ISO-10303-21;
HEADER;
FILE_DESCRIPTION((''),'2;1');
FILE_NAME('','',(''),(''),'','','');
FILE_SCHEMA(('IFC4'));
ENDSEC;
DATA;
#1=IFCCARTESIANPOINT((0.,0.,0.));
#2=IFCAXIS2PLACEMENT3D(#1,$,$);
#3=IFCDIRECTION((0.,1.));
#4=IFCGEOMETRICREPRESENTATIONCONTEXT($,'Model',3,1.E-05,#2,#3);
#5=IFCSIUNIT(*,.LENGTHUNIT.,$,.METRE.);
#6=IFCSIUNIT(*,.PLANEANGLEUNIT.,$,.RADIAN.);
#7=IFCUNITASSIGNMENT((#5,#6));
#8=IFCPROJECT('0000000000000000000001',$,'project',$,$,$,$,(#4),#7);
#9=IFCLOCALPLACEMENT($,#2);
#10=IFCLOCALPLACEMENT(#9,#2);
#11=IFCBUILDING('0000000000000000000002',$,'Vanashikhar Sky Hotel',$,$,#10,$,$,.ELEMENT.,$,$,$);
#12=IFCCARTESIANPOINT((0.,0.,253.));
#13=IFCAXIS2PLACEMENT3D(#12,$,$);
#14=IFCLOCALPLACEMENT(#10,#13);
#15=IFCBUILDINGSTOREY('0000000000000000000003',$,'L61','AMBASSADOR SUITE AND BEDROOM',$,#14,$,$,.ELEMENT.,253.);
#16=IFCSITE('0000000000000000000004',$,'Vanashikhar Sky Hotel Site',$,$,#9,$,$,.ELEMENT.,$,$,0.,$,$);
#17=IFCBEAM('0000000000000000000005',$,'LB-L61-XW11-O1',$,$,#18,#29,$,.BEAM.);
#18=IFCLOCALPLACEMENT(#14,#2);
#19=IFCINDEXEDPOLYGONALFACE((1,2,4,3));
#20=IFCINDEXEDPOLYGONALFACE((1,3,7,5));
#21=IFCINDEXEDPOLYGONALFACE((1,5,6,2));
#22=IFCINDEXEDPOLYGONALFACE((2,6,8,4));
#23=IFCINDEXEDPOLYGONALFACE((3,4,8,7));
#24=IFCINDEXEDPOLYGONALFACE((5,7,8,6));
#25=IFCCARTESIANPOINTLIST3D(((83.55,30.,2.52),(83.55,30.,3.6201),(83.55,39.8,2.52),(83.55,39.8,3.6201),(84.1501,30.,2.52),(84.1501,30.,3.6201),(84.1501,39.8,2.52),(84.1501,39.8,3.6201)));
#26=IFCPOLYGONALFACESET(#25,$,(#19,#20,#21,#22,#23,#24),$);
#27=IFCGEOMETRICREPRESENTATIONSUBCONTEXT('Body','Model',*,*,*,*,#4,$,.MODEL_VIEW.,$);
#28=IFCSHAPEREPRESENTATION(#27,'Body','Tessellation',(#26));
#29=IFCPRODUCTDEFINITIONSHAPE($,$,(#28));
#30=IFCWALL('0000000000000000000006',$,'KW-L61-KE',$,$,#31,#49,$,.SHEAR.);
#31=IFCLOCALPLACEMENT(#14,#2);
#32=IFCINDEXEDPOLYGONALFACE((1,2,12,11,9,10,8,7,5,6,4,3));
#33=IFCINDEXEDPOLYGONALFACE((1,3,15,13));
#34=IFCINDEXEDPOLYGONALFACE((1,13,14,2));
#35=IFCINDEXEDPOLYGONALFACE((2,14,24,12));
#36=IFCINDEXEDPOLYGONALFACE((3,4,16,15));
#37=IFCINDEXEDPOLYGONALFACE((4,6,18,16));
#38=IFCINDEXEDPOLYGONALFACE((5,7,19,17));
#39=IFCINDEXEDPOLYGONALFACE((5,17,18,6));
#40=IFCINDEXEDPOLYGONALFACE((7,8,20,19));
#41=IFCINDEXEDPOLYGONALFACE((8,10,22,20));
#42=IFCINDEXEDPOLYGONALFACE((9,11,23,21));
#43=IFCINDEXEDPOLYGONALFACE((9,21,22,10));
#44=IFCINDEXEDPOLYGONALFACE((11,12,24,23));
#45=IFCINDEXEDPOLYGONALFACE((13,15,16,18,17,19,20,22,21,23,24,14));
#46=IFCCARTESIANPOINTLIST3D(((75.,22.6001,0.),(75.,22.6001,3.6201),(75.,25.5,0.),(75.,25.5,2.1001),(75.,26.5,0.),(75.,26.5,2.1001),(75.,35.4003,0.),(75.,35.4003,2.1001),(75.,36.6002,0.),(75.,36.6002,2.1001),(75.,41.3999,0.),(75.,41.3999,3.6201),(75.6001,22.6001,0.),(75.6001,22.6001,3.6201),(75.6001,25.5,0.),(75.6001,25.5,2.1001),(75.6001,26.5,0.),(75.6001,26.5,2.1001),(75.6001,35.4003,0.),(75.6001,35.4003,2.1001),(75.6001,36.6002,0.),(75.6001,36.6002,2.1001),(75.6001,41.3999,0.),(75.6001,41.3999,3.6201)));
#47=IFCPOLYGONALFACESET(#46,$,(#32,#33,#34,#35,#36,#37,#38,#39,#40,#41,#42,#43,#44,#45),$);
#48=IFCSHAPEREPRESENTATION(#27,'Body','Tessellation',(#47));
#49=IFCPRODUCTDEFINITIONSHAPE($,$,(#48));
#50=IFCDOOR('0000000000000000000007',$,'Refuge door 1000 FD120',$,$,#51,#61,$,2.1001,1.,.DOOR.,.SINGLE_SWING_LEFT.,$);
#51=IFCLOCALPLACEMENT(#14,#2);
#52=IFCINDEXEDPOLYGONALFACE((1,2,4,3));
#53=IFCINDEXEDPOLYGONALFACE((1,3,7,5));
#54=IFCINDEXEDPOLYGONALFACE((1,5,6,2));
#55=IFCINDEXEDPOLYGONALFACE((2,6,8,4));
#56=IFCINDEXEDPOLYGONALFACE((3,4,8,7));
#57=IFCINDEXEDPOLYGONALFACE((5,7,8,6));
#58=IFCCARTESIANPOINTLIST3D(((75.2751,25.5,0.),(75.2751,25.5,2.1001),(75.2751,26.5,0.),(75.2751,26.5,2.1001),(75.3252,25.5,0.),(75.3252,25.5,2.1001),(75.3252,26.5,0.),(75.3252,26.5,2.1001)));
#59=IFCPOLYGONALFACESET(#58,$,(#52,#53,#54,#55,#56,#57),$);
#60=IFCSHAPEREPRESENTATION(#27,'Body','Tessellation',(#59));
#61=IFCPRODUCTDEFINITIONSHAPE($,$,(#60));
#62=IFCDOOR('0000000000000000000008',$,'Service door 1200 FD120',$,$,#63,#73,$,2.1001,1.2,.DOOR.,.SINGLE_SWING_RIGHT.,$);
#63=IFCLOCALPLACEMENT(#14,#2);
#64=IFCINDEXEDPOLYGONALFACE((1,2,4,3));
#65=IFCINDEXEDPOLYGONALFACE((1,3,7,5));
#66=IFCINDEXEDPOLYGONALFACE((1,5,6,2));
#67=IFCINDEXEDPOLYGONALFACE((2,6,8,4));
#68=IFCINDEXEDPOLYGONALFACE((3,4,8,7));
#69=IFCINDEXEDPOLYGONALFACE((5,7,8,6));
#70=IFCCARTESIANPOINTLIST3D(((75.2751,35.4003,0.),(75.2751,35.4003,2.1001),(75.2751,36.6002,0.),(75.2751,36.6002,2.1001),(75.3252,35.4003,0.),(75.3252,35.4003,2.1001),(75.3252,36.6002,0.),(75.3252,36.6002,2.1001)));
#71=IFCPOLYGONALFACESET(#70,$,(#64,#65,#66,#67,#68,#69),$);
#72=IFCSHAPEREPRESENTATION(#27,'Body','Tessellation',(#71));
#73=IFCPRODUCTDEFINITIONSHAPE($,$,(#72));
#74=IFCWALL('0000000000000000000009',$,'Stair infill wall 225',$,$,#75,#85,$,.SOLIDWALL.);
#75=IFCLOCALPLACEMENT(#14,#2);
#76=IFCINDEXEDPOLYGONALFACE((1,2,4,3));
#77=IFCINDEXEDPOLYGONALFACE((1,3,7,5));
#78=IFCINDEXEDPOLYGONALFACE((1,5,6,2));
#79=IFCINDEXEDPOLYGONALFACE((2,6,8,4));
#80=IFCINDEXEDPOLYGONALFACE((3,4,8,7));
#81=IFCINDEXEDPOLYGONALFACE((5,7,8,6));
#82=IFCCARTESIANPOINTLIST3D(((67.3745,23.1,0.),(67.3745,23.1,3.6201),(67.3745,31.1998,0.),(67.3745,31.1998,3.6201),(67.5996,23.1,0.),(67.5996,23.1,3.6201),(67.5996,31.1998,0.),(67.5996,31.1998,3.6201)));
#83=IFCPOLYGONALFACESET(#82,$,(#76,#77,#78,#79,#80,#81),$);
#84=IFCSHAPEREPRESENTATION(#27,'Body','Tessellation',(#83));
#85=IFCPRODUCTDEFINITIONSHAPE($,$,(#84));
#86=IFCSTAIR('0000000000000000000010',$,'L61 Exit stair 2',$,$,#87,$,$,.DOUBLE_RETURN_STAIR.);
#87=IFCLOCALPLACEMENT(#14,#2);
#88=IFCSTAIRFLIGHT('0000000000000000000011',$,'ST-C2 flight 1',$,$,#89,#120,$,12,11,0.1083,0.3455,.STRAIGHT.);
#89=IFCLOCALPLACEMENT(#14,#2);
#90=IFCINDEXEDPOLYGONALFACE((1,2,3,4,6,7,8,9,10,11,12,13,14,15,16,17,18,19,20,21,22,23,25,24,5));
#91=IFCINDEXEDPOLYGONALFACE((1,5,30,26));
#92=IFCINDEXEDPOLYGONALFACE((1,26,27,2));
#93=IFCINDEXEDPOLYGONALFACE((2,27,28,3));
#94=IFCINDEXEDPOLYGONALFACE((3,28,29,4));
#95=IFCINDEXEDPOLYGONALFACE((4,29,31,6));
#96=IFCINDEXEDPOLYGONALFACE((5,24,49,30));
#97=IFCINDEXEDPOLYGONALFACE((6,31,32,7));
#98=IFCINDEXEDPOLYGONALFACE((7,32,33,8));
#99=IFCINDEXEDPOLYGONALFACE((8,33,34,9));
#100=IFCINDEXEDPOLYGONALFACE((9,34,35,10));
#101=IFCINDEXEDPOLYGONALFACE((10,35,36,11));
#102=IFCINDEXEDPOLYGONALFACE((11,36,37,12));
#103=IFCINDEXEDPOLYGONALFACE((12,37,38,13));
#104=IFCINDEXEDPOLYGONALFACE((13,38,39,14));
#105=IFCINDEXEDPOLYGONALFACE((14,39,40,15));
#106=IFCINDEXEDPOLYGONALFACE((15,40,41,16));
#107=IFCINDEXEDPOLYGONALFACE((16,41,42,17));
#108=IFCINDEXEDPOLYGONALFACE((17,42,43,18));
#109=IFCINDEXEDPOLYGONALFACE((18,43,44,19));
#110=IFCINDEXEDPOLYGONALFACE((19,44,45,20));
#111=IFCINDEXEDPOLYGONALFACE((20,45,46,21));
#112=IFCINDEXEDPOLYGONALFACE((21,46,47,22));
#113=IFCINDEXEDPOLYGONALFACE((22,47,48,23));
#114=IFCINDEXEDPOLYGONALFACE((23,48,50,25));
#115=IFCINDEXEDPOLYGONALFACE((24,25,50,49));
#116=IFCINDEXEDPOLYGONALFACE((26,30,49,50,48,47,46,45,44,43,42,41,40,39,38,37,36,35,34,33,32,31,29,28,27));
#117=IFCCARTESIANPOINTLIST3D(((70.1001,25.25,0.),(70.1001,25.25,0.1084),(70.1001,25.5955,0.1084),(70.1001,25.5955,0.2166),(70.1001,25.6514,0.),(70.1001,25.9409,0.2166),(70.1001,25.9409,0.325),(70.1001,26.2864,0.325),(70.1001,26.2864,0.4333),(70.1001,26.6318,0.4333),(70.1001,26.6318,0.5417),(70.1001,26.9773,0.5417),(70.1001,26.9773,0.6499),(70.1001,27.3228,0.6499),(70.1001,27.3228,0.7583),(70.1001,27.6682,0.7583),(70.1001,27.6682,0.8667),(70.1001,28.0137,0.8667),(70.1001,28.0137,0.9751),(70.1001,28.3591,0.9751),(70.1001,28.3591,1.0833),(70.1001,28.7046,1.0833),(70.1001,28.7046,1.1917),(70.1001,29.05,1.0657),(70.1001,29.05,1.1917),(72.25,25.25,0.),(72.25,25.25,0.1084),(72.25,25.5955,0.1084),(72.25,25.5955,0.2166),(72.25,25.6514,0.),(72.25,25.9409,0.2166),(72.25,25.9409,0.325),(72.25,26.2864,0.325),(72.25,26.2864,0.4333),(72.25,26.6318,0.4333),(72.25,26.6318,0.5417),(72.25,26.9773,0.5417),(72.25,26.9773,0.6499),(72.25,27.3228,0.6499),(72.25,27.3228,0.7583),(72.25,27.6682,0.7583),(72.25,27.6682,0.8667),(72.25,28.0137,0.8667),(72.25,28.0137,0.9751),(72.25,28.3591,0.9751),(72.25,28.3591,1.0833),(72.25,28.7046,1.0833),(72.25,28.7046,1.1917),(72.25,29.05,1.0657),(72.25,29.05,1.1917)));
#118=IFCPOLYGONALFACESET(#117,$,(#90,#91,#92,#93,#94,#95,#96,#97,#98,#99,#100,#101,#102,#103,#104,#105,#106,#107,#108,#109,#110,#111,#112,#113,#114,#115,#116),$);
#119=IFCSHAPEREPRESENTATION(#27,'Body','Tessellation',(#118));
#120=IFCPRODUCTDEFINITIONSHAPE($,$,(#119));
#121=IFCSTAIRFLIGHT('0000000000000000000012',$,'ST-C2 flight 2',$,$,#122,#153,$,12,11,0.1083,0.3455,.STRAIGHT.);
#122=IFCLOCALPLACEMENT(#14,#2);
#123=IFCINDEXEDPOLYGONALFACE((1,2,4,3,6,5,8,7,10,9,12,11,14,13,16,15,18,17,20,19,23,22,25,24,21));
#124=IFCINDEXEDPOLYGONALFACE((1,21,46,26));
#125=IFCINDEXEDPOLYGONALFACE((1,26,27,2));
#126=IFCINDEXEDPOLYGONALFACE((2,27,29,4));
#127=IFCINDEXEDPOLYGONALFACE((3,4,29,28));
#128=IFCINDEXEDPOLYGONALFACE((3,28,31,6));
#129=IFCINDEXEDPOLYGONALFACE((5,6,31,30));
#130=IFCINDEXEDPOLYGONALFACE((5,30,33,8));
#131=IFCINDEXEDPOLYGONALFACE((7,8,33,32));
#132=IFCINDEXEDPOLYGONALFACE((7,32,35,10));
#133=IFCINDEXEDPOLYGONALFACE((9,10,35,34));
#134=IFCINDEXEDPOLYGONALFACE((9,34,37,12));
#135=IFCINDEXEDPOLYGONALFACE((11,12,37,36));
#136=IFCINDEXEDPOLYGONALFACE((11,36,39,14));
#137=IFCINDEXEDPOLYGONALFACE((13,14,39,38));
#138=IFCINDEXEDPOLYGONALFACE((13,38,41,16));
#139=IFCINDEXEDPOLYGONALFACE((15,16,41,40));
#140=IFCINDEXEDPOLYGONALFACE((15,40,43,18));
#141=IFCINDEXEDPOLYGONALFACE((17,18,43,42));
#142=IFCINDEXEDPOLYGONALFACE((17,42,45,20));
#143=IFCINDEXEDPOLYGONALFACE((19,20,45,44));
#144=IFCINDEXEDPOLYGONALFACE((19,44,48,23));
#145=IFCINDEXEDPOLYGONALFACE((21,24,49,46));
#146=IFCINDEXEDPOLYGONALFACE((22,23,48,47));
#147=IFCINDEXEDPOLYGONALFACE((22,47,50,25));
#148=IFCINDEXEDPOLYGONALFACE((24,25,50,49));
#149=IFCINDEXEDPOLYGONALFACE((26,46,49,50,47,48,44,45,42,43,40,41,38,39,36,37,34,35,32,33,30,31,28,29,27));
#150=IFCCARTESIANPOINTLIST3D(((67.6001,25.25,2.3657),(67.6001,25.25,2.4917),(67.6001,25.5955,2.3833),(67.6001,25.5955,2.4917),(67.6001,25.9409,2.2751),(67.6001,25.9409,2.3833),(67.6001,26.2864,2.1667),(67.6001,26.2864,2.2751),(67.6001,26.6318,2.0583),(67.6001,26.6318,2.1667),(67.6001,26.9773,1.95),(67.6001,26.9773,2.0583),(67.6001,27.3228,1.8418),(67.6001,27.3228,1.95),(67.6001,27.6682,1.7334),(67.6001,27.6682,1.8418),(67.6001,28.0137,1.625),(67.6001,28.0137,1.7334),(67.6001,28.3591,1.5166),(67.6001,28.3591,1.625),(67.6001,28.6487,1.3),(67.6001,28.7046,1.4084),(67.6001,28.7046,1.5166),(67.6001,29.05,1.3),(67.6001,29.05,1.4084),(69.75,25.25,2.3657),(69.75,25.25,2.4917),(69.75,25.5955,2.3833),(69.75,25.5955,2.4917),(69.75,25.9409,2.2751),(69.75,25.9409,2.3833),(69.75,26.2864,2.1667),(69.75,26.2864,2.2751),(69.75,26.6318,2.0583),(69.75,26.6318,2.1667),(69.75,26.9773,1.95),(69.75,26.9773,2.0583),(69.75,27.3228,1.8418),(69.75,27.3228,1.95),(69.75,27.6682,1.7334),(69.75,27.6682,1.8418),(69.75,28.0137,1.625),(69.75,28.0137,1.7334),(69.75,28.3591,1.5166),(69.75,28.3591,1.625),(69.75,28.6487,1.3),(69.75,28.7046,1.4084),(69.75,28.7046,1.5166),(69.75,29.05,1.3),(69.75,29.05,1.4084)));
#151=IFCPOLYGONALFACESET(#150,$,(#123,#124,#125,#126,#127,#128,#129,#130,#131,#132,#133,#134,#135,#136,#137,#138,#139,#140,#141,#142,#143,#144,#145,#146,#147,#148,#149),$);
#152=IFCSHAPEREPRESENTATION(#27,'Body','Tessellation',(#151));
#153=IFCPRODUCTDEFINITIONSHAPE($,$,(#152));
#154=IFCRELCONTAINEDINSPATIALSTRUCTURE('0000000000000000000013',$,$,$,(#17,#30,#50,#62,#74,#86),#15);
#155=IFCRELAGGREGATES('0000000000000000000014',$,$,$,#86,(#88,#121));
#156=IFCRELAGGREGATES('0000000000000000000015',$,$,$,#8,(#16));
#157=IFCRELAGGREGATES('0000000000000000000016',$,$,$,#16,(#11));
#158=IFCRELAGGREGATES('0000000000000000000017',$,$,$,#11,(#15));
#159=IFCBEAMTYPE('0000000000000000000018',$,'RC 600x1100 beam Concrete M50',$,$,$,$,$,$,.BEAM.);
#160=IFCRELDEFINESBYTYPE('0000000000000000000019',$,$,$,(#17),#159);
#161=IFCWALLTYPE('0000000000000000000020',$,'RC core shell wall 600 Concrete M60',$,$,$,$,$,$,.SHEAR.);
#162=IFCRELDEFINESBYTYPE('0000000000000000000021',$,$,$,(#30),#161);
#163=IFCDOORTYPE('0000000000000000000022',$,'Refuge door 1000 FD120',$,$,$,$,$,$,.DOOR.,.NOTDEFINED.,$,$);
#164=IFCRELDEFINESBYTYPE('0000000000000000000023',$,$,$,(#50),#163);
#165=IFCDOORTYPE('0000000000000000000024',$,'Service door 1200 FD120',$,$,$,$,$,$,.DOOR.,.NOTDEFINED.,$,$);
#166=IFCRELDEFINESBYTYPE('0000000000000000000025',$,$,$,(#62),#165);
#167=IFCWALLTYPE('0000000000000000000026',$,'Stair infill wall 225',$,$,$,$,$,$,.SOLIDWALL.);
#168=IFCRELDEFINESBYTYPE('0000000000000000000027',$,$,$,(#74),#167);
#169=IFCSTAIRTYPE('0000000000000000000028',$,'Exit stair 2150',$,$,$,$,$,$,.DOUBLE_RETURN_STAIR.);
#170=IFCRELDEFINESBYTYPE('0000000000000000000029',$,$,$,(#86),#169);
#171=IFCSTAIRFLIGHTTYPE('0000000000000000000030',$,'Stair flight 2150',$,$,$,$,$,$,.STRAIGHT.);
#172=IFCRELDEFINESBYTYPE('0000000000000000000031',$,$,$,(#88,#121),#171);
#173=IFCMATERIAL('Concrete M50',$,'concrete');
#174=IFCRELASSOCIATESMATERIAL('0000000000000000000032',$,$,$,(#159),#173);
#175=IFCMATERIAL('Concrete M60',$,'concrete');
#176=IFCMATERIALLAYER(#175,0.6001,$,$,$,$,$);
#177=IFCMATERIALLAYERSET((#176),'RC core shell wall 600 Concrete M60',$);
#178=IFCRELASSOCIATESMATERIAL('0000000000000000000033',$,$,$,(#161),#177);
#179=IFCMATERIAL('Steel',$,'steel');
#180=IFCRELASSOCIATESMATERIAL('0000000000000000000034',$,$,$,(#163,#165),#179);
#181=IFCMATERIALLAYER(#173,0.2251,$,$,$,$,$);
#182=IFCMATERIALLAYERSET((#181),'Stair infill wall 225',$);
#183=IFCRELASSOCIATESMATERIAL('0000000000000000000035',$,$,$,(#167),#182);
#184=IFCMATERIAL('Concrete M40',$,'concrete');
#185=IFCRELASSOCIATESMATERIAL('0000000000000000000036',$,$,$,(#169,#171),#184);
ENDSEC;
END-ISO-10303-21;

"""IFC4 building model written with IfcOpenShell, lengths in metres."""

from ifc_helpers import new_model, si_unit, direction, frame, frame_2d, origin, origin_2d, place, context, subcontext, project, spatial, polyline, rectangle, outline, extrude, source, transform, mapped, material, layer, layer_set, material_profile, profile_set, type_object, element, fill, aggregate, save


model = new_model("IFC4")

# Units and contexts
model_context = context("Model", 3, precision=1e-05, world=origin(), true_north=direction((0.0, 1.0)))
body_context = subcontext(model_context, "Body", "Model", "MODEL_VIEW")
ifc_project = project(units=[si_unit("LENGTHUNIT", "METRE"), si_unit("PLANEANGLEUNIT", "RADIAN")], contexts=[model_context])

# Site, building, storey
site_placement = place(None, origin())
site = spatial("IfcSite", under=ifc_project, at=site_placement, Name="Vanashikhar Sky Hotel Site", CompositionType="ELEMENT", RefElevation=0.0)
building_placement = place(site_placement, origin())
building = spatial("IfcBuilding", under=site, at=building_placement, Name="Vanashikhar Sky Hotel", CompositionType="ELEMENT")
storey_placement = place(building_placement, frame((0.0, 0.0, 253.0)))
storey = spatial("IfcBuildingStorey", under=building, at=storey_placement, Name="L61", Description="AMBASSADOR SUITE AND BEDROOM", CompositionType="ELEMENT", Elevation=253.0)

# Beam
ifc_material_1 = material(Name="Concrete M50", Category="concrete")
ifc_material_profile = material_profile(ifc_material_1, rectangle(XDim=0.6001, YDim=1.1001, at=origin_2d()))
ifc_profile_set = profile_set([ifc_material_profile], Name="RC 600x1100 beam Concrete M50")
beam_type = type_object("IfcBeamType", Name="RC 600x1100 beam Concrete M50", PredefinedType="BEAM", material=ifc_profile_set)
shared_shape_1 = source(origin(), body_context, "Body", "SweptSolid", [
    extrude(rectangle(XDim=0.6001, YDim=1.1001, at=origin_2d()), origin(), (0.0, 0.0, 1.0), 9.8),
])
beam_placement = place(storey_placement, frame((83.8501, 30.0, 3.0701), z_axis=(0.0, 1.0, 0.0), x_axis=(-1.0, 0.0, 0.0)))
element("IfcBeam", 1, at=beam_placement, inside=storey, type_object=beam_type, Name="LB-L61-XW11-O1", PredefinedType="BEAM", context=body_context, shape_type="MappedRepresentation", body=[
    mapped(shared_shape_1, transform((0.0, 0.0, 0.0), scale=1.0)),
])

# Wall, openings, doors
ifc_material_2 = material(Name="Concrete M60", Category="concrete")
ifc_layer_1 = layer(ifc_material_2, 0.6001)
ifc_layer_set_1 = layer_set([ifc_layer_1], Name="RC core shell wall 600 Concrete M60")
wall_type_1 = type_object("IfcWallType", Name="RC core shell wall 600 Concrete M60", PredefinedType="SHEAR", material=ifc_layer_set_1)
shared_shape_2 = source(origin(), body_context, "Body", "SweptSolid", [
    extrude(rectangle(XDim=18.7998, YDim=0.6001, at=frame_2d((9.3999, 0.0))), origin(), (0.0, 0.0, 1.0), 3.6201),
])
wall_1_placement = place(storey_placement, frame((75.3, 22.6001, 0.0), z_axis=(0.0, 0.0, 1.0), x_axis=(0.0, 1.0, 0.0)))
wall_1 = element("IfcWall", 2, at=wall_1_placement, inside=storey, type_object=wall_type_1, Name="KW-L61-KE", PredefinedType="SHEAR", context=body_context, shape_type="MappedRepresentation", body=[
    mapped(shared_shape_2, transform((0.0, 0.0, 0.0), scale=1.0)),
])
shared_shape_3 = source(origin(), body_context, "Body", "SweptSolid", [
    extrude(rectangle(XDim=1.0, YDim=2.1001, at=frame_2d((0.5, 1.05))), frame((0.0, 0.3101, 0.0), z_axis=(0.0, -1.0, 0.0), x_axis=(1.0, 0.0, 0.0)), (0.0, 0.0, 1.0), 0.6201),
])
opening_1_placement = place(wall_1_placement, frame((2.8999, 0.0, 0.0)))
opening_1 = element("IfcOpeningElement", 3, at=opening_1_placement, cuts=wall_1, PredefinedType="OPENING", context=body_context, shape_type="MappedRepresentation", body=[
    mapped(shared_shape_3, transform((0.0, 0.0, 0.0), scale=1.0)),
])
shared_shape_4 = source(origin(), body_context, "Body", "SweptSolid", [
    extrude(rectangle(XDim=1.2, YDim=2.1001, at=frame_2d((0.6001, 1.05))), frame((0.0, 0.3101, 0.0), z_axis=(0.0, -1.0, 0.0), x_axis=(1.0, 0.0, 0.0)), (0.0, 0.0, 1.0), 0.6201),
])
opening_2_placement = place(wall_1_placement, frame((12.8, 0.0, 0.0)))
opening_2 = element("IfcOpeningElement", 4, at=opening_2_placement, cuts=wall_1, PredefinedType="OPENING", context=body_context, shape_type="MappedRepresentation", body=[
    mapped(shared_shape_4, transform((0.0, 0.0, 0.0), scale=1.0)),
])
ifc_material_3 = material(Name="Steel", Category="steel")
door_type_1 = type_object("IfcDoorType", Name="Refuge door 1000 FD120", OperationType="NOTDEFINED", PredefinedType="DOOR", material=ifc_material_3)
shared_shape_5 = source(origin(), body_context, "Body", "SweptSolid", [
    extrude(rectangle(XDim=1.0, YDim=2.1001, at=frame_2d((0.5, 1.05))), frame((0.0, 0.0249, 0.0), z_axis=(0.0, -1.0, 0.0), x_axis=(1.0, 0.0, 0.0)), (0.0, 0.0, 1.0), 0.05),
])
door_1_placement = place(opening_1_placement, origin())
door_1 = element("IfcDoor", 5, at=door_1_placement, inside=storey, type_object=door_type_1, Name="Refuge door 1000 FD120", OperationType="SINGLE_SWING_LEFT", OverallHeight=2.1001, OverallWidth=1.0, PredefinedType="DOOR", context=body_context, shape_type="MappedRepresentation", body=[
    mapped(shared_shape_5, transform((0.0, 0.0, 0.0), scale=1.0)),
])
fill(opening_1, door_1)
door_type_2 = type_object("IfcDoorType", Name="Service door 1200 FD120", OperationType="NOTDEFINED", PredefinedType="DOOR", material=ifc_material_3)
shared_shape_6 = source(origin(), body_context, "Body", "SweptSolid", [
    extrude(rectangle(XDim=1.2, YDim=2.1001, at=frame_2d((0.6001, 1.05))), frame((0.0, 0.0249, 0.0), z_axis=(0.0, -1.0, 0.0), x_axis=(1.0, 0.0, 0.0)), (0.0, 0.0, 1.0), 0.05),
])
door_2_placement = place(opening_2_placement, origin())
door_2 = element("IfcDoor", 6, at=door_2_placement, inside=storey, type_object=door_type_2, Name="Service door 1200 FD120", OperationType="SINGLE_SWING_RIGHT", OverallHeight=2.1001, OverallWidth=1.2, PredefinedType="DOOR", context=body_context, shape_type="MappedRepresentation", body=[
    mapped(shared_shape_6, transform((0.0, 0.0, 0.0), scale=1.0)),
])
fill(opening_2, door_2)

# Wall
ifc_layer_2 = layer(ifc_material_1, 0.2251)
ifc_layer_set_2 = layer_set([ifc_layer_2], Name="Stair infill wall 225")
wall_type_2 = type_object("IfcWallType", Name="Stair infill wall 225", PredefinedType="SOLIDWALL", material=ifc_layer_set_2)
shared_shape_7 = source(origin(), body_context, "Body", "SweptSolid", [
    extrude(rectangle(XDim=8.0999, YDim=0.2251, at=frame_2d((4.0498, 0.0))), origin(), (0.0, 0.0, 1.0), 3.6201),
])
wall_2_placement = place(storey_placement, frame((67.4871, 23.1001, 0.0), z_axis=(0.0, 0.0, 1.0), x_axis=(0.0, 1.0, 0.0)))
element("IfcWall", 7, at=wall_2_placement, inside=storey, type_object=wall_type_2, Name="Stair infill wall 225", PredefinedType="SOLIDWALL", context=body_context, shape_type="MappedRepresentation", body=[
    mapped(shared_shape_7, transform((0.0, 0.0, 0.0), scale=1.0)),
])

# Stair, stair flights
ifc_material_4 = material(Name="Concrete M40", Category="concrete")
stair_type = type_object("IfcStairType", Name="Exit stair 2150", PredefinedType="DOUBLE_RETURN_STAIR", material=ifc_material_4)
stair_1_placement = place(storey_placement, origin())
stair_1 = element("IfcStair", 8, at=stair_1_placement, inside=storey, type_object=stair_type, Name="L61 Exit stair 2", PredefinedType="DOUBLE_RETURN_STAIR")
stair_flight_type = type_object("IfcStairFlightType", Name="Stair flight 2150", PredefinedType="STRAIGHT", material=ifc_material_4)
shared_shape_8 = source(origin(), body_context, "Body", "SweptSolid", [
    extrude(outline(polyline([(0.0, 0.0), (0.0, 0.1084), (0.3455, 0.1084), (0.3455, 0.2166), (0.6909, 0.2166), (0.6909, 0.325), (1.0364, 0.325), (1.0364, 0.4333), (1.3818, 0.4333), (1.3818, 0.5417), (1.7273, 0.5417), (1.7273, 0.6499), (2.0728, 0.6499), (2.0728, 0.7583), (2.4182, 0.7583), (2.4182, 0.8667), (2.7637, 0.8667), (2.7637, 0.9751), (3.1091, 0.9751), (3.1091, 1.0833), (3.4546, 1.0833), (3.4546, 1.1917), (3.8, 1.1917), (3.8, 1.3), (3.8, 1.0657), (0.4014, 0.0), (0.0, 0.0)])), frame((0.0, 1.075, 0.0), z_axis=(0.0, -1.0, 0.0), x_axis=(1.0, 0.0, 0.0)), (0.0, 0.0, 1.0), 2.1499),
])
stair_flight_1_placement = place(storey_placement, frame((71.175, 25.25, 0.0), z_axis=(0.0, 0.0, 1.0), x_axis=(0.0, 1.0, 0.0)))
stair_flight_1 = element("IfcStairFlight", 9, at=stair_flight_1_placement, type_object=stair_flight_type, Name="ST-C2 flight 1", NumberOfRisers=12, NumberOfTreads=11, PredefinedType="STRAIGHT", RiserHeight=0.1083, TreadLength=0.3455, context=body_context, shape_type="MappedRepresentation", body=[
    mapped(shared_shape_8, transform((0.0, 0.0, 0.0), scale=1.0)),
])
stair_flight_2_placement = place(storey_placement, frame((68.675, 29.05, 1.3), z_axis=(0.0, 0.0, 1.0), x_axis=(0.0, -1.0, 0.0)))
stair_flight_2 = element("IfcStairFlight", 10, at=stair_flight_2_placement, type_object=stair_flight_type, Name="ST-C2 flight 2", NumberOfRisers=12, NumberOfTreads=11, PredefinedType="STRAIGHT", RiserHeight=0.1083, TreadLength=0.3455, context=body_context, shape_type="MappedRepresentation", body=[
    mapped(shared_shape_8, transform((0.0, 0.0, 0.0), scale=1.0)),
])
aggregate(stair_1, [stair_flight_1, stair_flight_2])

save(model, "model.ifc")
